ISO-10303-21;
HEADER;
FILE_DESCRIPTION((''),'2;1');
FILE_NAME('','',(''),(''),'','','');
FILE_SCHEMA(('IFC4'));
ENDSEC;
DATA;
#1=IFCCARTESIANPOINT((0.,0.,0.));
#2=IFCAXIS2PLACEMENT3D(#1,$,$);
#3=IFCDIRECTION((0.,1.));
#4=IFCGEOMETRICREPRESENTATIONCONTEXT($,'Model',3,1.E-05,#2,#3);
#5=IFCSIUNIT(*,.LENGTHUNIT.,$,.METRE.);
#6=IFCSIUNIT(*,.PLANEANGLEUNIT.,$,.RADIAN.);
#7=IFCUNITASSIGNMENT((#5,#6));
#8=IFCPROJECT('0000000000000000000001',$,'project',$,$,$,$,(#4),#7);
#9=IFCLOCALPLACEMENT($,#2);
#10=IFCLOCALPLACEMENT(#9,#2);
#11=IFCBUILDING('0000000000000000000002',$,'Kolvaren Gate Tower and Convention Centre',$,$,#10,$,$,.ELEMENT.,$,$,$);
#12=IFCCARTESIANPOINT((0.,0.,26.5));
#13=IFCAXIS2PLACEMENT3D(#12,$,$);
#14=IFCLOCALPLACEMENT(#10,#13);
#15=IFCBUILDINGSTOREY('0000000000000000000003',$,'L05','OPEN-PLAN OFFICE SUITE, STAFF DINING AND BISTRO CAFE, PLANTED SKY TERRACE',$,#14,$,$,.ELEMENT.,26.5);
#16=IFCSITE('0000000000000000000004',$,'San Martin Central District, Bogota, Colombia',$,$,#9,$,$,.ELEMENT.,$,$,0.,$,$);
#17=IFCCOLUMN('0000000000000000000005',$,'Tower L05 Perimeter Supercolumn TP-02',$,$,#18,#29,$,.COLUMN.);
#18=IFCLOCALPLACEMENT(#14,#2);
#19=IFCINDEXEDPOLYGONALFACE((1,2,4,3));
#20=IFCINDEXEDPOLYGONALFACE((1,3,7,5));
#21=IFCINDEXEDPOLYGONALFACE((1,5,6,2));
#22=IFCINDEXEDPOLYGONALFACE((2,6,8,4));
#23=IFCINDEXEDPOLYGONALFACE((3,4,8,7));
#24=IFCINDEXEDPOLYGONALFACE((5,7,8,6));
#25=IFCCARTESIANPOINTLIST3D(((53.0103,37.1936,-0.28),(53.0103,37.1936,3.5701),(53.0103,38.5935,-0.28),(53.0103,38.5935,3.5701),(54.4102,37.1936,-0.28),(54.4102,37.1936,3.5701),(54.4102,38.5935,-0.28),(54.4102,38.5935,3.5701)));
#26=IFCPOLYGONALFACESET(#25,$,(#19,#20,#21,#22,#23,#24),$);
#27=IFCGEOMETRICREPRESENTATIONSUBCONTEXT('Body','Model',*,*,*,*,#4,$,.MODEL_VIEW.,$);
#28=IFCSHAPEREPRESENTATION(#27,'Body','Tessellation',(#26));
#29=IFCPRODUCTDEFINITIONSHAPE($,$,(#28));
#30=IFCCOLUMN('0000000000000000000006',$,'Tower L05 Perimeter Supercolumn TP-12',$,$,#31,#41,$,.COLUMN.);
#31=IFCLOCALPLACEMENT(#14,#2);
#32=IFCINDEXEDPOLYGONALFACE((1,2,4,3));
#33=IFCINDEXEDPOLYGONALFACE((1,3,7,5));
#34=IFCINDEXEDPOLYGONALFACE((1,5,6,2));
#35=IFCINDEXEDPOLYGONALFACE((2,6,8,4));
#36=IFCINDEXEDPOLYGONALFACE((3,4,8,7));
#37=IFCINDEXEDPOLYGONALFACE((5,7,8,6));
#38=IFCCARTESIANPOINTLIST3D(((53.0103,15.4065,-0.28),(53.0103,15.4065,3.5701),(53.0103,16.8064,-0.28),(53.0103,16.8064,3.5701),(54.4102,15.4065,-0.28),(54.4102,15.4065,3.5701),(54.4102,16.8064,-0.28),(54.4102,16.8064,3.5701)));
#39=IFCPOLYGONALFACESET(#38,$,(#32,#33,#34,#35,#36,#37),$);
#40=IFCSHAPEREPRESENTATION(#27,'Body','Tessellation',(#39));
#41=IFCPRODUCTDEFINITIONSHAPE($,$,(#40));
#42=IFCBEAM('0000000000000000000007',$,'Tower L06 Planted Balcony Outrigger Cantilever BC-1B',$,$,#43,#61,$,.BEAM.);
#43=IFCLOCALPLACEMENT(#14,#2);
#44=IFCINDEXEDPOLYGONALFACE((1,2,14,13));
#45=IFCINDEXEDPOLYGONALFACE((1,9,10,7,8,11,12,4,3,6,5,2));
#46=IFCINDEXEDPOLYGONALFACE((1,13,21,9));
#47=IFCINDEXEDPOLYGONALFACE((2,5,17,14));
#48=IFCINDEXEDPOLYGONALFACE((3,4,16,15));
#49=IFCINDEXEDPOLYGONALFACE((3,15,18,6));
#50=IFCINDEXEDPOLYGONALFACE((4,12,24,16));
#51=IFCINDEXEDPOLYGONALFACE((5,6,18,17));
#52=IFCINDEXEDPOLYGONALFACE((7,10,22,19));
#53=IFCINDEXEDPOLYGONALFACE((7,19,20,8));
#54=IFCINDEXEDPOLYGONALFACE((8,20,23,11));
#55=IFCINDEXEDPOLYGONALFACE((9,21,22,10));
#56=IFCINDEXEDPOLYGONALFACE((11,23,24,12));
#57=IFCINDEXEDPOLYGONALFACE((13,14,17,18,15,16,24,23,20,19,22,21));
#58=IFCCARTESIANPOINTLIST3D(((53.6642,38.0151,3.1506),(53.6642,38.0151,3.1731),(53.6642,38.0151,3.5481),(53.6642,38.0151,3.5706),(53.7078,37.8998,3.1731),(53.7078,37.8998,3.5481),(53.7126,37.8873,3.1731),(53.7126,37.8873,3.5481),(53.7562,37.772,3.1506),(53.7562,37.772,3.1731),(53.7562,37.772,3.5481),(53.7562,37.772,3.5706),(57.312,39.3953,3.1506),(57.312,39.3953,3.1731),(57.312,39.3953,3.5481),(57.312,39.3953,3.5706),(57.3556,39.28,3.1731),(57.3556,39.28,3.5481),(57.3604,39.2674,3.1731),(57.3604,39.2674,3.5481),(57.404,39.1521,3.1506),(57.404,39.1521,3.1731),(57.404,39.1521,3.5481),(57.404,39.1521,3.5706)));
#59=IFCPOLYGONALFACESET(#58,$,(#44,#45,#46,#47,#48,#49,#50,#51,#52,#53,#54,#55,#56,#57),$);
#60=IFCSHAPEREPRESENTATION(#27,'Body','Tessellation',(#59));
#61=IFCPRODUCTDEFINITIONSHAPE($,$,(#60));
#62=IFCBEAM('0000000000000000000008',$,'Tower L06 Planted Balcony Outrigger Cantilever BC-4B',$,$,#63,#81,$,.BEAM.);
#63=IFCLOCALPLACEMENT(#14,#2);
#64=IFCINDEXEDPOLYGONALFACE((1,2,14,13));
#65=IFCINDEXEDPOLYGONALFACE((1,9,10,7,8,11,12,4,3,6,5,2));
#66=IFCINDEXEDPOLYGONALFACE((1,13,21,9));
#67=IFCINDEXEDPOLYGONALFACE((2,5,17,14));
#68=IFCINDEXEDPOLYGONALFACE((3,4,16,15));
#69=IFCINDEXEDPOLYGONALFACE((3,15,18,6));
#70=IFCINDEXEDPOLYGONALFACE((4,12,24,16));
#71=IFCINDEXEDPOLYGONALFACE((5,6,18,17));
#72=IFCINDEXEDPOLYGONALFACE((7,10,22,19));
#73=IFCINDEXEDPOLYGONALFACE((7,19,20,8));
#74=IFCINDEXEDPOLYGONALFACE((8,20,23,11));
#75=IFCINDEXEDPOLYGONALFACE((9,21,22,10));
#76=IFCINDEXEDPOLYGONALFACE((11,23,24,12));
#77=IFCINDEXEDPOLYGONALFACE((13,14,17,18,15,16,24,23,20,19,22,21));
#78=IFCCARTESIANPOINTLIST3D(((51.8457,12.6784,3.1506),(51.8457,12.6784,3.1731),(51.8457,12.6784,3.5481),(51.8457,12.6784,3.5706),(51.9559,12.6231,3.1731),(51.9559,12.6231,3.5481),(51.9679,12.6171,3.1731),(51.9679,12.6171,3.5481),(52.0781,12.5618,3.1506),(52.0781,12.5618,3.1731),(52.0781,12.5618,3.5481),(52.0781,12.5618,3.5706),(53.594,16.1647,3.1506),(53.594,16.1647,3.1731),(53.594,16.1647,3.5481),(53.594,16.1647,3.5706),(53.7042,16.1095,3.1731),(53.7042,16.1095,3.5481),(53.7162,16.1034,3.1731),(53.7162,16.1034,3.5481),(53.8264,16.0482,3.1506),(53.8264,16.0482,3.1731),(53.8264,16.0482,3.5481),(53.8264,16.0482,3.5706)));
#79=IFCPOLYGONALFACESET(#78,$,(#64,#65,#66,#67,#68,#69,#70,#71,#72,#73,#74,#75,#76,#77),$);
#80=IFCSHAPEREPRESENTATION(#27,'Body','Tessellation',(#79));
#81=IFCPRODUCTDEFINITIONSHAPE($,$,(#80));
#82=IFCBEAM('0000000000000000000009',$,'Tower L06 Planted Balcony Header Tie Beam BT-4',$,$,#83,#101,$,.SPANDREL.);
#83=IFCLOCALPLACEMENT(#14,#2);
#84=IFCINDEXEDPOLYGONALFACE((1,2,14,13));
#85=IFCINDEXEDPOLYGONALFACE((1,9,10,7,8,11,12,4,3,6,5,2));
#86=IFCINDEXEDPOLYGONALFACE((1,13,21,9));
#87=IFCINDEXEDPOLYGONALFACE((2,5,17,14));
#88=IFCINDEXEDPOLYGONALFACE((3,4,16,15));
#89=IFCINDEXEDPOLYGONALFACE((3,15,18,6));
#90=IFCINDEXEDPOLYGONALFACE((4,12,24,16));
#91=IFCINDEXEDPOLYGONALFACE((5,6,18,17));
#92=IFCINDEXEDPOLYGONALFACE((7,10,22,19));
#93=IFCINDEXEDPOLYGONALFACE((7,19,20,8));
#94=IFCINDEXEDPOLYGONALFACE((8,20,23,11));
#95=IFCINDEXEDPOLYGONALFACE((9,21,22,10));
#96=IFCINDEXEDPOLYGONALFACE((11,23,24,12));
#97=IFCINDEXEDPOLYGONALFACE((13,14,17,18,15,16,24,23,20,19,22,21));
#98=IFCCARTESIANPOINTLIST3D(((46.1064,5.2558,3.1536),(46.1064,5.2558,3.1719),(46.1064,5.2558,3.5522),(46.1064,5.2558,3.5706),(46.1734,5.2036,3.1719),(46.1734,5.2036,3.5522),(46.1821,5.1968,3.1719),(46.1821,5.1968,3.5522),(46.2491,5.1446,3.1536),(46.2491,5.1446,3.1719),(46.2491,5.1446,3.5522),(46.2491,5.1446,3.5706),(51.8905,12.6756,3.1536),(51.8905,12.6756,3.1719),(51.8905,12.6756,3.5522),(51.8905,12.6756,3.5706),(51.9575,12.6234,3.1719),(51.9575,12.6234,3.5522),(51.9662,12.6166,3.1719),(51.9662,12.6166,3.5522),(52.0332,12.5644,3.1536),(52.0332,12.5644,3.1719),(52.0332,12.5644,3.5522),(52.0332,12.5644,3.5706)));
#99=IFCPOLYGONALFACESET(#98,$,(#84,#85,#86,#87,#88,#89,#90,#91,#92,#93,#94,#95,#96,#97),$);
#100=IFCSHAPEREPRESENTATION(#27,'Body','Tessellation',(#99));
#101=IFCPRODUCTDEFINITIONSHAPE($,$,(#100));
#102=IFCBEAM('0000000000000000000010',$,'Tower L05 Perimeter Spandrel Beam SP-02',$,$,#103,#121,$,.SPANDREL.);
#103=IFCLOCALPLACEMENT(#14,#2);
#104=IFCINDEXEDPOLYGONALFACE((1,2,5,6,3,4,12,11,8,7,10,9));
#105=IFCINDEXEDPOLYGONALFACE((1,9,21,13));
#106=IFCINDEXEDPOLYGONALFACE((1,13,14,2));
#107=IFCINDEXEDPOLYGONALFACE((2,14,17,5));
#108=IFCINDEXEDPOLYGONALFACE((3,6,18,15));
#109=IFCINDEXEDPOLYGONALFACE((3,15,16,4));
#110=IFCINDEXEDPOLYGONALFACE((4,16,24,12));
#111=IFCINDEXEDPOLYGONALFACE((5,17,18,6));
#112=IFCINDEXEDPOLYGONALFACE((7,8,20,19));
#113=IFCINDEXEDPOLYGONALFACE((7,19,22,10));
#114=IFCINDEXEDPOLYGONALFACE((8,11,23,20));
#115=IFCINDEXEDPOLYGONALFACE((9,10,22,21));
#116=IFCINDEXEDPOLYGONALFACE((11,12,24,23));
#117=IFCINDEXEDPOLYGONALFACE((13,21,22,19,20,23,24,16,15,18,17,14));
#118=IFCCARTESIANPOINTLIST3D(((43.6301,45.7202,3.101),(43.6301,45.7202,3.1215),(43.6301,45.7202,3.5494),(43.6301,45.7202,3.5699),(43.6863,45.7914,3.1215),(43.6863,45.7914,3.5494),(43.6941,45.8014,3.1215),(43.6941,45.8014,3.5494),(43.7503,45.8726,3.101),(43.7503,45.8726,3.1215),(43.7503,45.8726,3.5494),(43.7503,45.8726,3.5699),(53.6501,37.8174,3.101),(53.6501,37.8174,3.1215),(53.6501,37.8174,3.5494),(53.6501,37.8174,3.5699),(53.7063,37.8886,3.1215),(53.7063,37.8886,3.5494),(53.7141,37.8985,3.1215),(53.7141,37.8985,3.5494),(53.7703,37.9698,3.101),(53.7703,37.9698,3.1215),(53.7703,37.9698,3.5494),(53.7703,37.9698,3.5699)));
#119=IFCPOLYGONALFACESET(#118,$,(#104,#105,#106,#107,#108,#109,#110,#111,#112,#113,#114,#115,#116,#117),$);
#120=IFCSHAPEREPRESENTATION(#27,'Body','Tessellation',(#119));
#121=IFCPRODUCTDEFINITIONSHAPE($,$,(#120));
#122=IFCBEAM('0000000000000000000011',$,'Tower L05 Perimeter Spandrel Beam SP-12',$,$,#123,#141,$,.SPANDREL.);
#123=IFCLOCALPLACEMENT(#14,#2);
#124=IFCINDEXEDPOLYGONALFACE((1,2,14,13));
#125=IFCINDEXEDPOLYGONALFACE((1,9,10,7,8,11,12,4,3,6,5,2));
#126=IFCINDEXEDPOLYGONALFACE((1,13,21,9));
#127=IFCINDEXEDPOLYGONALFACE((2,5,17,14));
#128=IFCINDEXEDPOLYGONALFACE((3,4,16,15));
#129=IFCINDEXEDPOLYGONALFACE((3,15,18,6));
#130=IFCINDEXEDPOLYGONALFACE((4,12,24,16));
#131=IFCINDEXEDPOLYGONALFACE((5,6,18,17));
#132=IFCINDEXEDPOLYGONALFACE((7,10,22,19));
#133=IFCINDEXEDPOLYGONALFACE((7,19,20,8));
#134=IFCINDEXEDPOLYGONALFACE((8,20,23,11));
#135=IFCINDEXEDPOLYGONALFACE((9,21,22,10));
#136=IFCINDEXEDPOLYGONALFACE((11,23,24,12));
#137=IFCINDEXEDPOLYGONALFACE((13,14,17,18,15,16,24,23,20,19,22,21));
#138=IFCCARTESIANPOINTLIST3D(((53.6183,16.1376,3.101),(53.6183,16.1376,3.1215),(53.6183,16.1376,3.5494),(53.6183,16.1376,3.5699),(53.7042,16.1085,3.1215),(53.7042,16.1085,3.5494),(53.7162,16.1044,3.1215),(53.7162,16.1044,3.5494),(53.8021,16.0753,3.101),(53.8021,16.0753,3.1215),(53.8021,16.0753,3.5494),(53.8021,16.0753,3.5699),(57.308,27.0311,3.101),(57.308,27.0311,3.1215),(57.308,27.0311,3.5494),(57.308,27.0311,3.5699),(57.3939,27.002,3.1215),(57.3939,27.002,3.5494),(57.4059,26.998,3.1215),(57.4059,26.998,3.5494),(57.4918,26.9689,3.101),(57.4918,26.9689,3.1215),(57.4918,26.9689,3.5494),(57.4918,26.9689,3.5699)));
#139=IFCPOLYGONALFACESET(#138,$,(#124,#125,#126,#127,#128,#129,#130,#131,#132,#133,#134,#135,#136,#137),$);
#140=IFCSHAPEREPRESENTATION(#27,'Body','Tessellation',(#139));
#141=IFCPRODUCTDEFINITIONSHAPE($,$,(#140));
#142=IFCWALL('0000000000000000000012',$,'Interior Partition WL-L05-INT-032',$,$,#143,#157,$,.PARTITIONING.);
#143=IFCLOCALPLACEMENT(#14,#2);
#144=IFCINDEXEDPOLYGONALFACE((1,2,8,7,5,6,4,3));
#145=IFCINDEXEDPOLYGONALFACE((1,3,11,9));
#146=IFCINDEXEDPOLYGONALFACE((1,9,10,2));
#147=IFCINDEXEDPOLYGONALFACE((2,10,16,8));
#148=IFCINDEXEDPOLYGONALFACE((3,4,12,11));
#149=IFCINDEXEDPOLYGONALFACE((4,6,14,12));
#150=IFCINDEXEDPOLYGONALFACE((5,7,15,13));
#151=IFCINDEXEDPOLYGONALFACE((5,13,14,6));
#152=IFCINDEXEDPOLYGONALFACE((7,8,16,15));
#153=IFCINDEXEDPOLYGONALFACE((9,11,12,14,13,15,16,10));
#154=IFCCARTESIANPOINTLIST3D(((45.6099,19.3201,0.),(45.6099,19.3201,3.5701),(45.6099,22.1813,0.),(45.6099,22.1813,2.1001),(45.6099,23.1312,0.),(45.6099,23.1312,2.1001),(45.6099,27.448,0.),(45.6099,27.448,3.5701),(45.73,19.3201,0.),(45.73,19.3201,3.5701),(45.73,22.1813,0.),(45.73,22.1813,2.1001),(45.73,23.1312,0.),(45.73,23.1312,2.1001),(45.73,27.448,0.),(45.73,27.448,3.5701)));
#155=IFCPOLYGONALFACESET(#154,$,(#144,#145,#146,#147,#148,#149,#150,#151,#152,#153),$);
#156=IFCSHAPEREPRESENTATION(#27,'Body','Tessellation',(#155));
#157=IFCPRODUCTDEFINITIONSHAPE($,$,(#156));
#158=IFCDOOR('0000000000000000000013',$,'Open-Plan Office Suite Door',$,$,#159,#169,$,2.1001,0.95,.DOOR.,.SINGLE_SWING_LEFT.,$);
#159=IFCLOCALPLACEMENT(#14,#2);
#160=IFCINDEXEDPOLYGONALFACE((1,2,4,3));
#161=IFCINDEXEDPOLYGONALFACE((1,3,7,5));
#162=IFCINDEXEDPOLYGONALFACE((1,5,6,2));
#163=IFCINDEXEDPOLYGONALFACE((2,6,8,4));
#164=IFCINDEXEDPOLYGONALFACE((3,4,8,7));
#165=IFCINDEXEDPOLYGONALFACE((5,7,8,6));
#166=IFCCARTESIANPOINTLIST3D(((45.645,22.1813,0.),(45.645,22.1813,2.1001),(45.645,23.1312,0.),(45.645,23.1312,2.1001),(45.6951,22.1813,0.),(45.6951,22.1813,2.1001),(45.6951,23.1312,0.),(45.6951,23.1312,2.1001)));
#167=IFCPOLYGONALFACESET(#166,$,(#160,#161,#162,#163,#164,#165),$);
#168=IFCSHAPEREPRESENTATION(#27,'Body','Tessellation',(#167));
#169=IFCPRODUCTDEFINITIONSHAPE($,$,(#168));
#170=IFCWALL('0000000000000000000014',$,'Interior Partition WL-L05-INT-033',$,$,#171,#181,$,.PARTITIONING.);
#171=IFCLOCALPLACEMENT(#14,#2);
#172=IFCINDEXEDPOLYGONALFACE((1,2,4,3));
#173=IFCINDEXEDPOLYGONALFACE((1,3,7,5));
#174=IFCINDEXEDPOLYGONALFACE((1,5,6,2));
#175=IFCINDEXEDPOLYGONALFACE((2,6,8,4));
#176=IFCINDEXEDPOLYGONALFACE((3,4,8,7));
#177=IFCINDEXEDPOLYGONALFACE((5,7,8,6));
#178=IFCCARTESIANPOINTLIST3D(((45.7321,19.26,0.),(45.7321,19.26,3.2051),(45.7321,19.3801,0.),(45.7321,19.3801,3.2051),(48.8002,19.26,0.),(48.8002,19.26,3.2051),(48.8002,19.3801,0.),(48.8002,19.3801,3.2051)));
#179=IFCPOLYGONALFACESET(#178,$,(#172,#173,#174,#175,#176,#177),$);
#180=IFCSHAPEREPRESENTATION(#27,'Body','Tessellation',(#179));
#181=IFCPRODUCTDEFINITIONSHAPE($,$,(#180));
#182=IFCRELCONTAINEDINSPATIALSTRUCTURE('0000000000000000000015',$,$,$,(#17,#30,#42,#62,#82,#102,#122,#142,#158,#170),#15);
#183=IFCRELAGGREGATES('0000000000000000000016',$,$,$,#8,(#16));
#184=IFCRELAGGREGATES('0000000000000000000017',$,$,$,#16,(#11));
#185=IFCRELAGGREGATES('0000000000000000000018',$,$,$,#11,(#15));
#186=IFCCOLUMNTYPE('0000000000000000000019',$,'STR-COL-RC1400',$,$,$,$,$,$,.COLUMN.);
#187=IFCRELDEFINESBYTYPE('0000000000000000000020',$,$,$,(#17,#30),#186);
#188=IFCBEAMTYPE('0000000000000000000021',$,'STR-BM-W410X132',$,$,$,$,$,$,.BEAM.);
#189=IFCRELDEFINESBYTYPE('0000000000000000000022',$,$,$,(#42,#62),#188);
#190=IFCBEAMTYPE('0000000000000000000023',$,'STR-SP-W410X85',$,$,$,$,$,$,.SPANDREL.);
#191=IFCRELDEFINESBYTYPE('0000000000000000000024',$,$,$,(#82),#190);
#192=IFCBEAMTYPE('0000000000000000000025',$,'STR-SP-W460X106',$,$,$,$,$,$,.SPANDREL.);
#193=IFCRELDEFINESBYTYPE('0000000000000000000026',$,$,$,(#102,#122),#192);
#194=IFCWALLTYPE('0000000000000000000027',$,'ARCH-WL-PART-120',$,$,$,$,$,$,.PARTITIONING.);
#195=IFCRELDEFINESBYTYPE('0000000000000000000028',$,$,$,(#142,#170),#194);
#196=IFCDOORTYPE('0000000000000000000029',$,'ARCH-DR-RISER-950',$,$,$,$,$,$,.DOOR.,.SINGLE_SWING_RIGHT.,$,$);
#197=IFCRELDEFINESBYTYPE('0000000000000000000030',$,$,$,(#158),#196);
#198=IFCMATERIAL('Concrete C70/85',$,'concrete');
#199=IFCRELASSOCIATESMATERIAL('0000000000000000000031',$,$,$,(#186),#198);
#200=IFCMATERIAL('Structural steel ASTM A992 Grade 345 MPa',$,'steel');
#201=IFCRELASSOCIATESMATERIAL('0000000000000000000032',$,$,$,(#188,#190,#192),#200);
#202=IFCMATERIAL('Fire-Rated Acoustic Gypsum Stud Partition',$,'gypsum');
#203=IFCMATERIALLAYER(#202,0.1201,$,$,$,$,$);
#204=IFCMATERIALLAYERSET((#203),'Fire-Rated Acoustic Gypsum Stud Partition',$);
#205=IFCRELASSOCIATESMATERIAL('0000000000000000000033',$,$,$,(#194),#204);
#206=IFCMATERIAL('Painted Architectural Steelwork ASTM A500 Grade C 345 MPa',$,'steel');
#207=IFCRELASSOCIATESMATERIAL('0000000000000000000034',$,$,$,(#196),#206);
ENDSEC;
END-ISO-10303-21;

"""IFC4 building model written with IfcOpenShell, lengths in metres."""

from ifc_helpers import new_model, si_unit, direction, frame, frame_2d, origin, origin_2d, place, context, subcontext, project, spatial, rectangle, i_section, extrude, material, layer, layer_set, material_profile, profile_set, type_object, element, fill, save


model = new_model("IFC4")

# Units and contexts
model_context = context("Model", 3, precision=1e-05, world=origin(), true_north=direction((0.0, 1.0)))
body_context = subcontext(model_context, "Body", "Model", "MODEL_VIEW")
ifc_project = project(units=[si_unit("LENGTHUNIT", "METRE"), si_unit("PLANEANGLEUNIT", "RADIAN")], contexts=[model_context])

# Site, building, storey
site_placement = place(None, origin())
site = spatial("IfcSite", under=ifc_project, at=site_placement, Name="San Martin Central District, Bogota, Colombia", CompositionType="ELEMENT", RefElevation=0.0)
building_placement = place(site_placement, origin())
building = spatial("IfcBuilding", under=site, at=building_placement, Name="Kolvaren Gate Tower and Convention Centre", CompositionType="ELEMENT")
storey_placement = place(building_placement, frame((0.0, 0.0, 26.5)))
storey = spatial("IfcBuildingStorey", under=building, at=storey_placement, Name="L05", Description="OPEN-PLAN OFFICE SUITE, STAFF DINING AND BISTRO CAFE, PLANTED SKY TERRACE", CompositionType="ELEMENT", Elevation=26.5)

# Columns
ifc_material_1 = material(Name="Concrete C70/85", Category="concrete")
ifc_material_profile_1 = material_profile(ifc_material_1, rectangle(XDim=1.3999, YDim=1.3999, at=origin_2d()), Name="RC-COL-1400X1400")
ifc_profile_set_1 = profile_set([ifc_material_profile_1], Name="Concrete C70/85")
column_type = type_object("IfcColumnType", Name="STR-COL-RC1400", PredefinedType="COLUMN", material=ifc_profile_set_1)
for number, where, z_axis, x_axis, name in (
    (1, (53.7102, 37.8936, -0.28), (0.0, 0.0, 1.0), (1.0, 0.0, 0.0), "Tower L05 Perimeter Supercolumn TP-02"),
    (2, (53.7102, 16.1064, -0.28), (0.0, 0.0, 1.0), (1.0, 0.0, 0.0), "Tower L05 Perimeter Supercolumn TP-12"),
):
    element("IfcColumn", number, at=place(storey_placement, frame(where, z_axis=z_axis, x_axis=x_axis)), inside=storey, type_object=column_type, Name=name, PredefinedType="COLUMN", context=body_context, shape_type="SweptSolid", body=[
        extrude(rectangle(XDim=1.3999, YDim=1.3999, at=origin_2d()), origin(), (0.0, 0.0, 1.0), 3.8501),
    ])

# Beams
ifc_material_2 = material(Name="Structural steel ASTM A992 Grade 345 MPa", Category="steel")
ifc_material_profile_2 = material_profile(ifc_material_2, i_section(OverallWidth=0.26, OverallDepth=0.4199, WebThickness=0.0134, FlangeThickness=0.0225, at=origin_2d()), Name="W410X132")
ifc_profile_set_2 = profile_set([ifc_material_profile_2], Name="Structural steel ASTM A992 Grade 345 MPa")
beam_type_1 = type_object("IfcBeamType", Name="STR-BM-W410X132", PredefinedType="BEAM", material=ifc_profile_set_2)
for number, where, z_axis, x_axis, name in (
    (3, (53.7102, 37.8936, 3.3606), (0.935294, 0.353873, 0.0), (-0.353873, 0.935294, 0.0), "Tower L06 Planted Balcony Outrigger Cantilever BC-1B"),
    (4, (53.7102, 16.1064, 3.3606), (-0.448265, -0.893901, 0.0), (0.893901, -0.448265, 0.0), "Tower L06 Planted Balcony Outrigger Cantilever BC-4B"),
):
    element("IfcBeam", number, at=place(storey_placement, frame(where, z_axis=z_axis, x_axis=x_axis)), inside=storey, type_object=beam_type_1, Name=name, PredefinedType="BEAM", context=body_context, shape_type="SweptSolid", body=[
        extrude(i_section(OverallWidth=0.26, OverallDepth=0.4199, WebThickness=0.0134, FlangeThickness=0.0225, at=origin_2d()), origin(), (0.0, 0.0, 1.0), 3.9001),
    ])
ifc_material_profile_3 = material_profile(ifc_material_2, i_section(OverallWidth=0.1809, OverallDepth=0.417, WebThickness=0.011, FlangeThickness=0.0183, at=origin_2d()), Name="W410X85")
ifc_profile_set_3 = profile_set([ifc_material_profile_3], Name="Structural steel ASTM A992 Grade 345 MPa")
beam_type_2 = type_object("IfcBeamType", Name="STR-SP-W410X85", PredefinedType="SPANDREL", material=ifc_profile_set_3)
beam_1_placement = place(storey_placement, frame((46.1777, 5.2002, 3.3621), z_axis=(0.61481, 0.788675, 0.0), x_axis=(-0.788675, 0.61481, 0.0)))
element("IfcBeam", 5, at=beam_1_placement, inside=storey, type_object=beam_type_2, Name="Tower L06 Planted Balcony Header Tie Beam BT-4", PredefinedType="SPANDREL", context=body_context, shape_type="SweptSolid", body=[
    extrude(i_section(OverallWidth=0.1809, OverallDepth=0.417, WebThickness=0.011, FlangeThickness=0.0183, at=origin_2d()), origin(), (0.0, 0.0, 1.0), 9.408),
])
ifc_material_profile_4 = material_profile(ifc_material_2, i_section(OverallWidth=0.1941, OverallDepth=0.469, WebThickness=0.0127, FlangeThickness=0.0205, at=origin_2d()), Name="W460X106")
ifc_profile_set_4 = profile_set([ifc_material_profile_4], Name="Structural steel ASTM A992 Grade 345 MPa")
beam_type_3 = type_object("IfcBeamType", Name="STR-SP-W460X106", PredefinedType="SPANDREL", material=ifc_profile_set_4)
beam_2_placement = place(storey_placement, frame((53.7102, 37.8936, 3.3354), z_axis=(-0.785176, 0.619272, 0.0), x_axis=(-0.619272, -0.785176, 0.0)))
element("IfcBeam", 6, at=beam_2_placement, inside=storey, type_object=beam_type_3, Name="Tower L05 Perimeter Spandrel Beam SP-02", PredefinedType="SPANDREL", context=body_context, shape_type="SweptSolid", body=[
    extrude(i_section(OverallWidth=0.1941, OverallDepth=0.469, WebThickness=0.0127, FlangeThickness=0.0205, at=origin_2d()), origin(), (0.0, 0.0, 1.0), 12.7615),
])
beam_3_placement = place(storey_placement, frame((53.7102, 16.1064, 3.3354), z_axis=(0.320803, 0.947146, 0.0), x_axis=(-0.947146, 0.320803, 0.0)))
element("IfcBeam", 7, at=beam_3_placement, inside=storey, type_object=beam_type_3, Name="Tower L05 Perimeter Spandrel Beam SP-12", PredefinedType="SPANDREL", context=body_context, shape_type="SweptSolid", body=[
    extrude(i_section(OverallWidth=0.1941, OverallDepth=0.469, WebThickness=0.0127, FlangeThickness=0.0205, at=origin_2d()), origin(), (0.0, 0.0, 1.0), 11.5015),
])

# Wall, opening, door
ifc_material_3 = material(Name="Fire-Rated Acoustic Gypsum Stud Partition", Category="gypsum")
ifc_layer_1 = layer(ifc_material_3, 0.1201)
ifc_layer_set_1 = layer_set([ifc_layer_1], Name="Fire-Rated Acoustic Gypsum Stud Partition")
wall_type_1 = type_object("IfcWallType", Name="ARCH-WL-PART-120", PredefinedType="PARTITIONING", material=ifc_layer_set_1)
wall_1_placement = place(storey_placement, frame((45.6699, 19.3201, 0.0), z_axis=(0.0, 0.0, 1.0), x_axis=(0.0, 1.0, 0.0)))
wall_1 = element("IfcWall", 8, at=wall_1_placement, inside=storey, type_object=wall_type_1, Name="Interior Partition WL-L05-INT-032", PredefinedType="PARTITIONING", context=body_context, shape_type="SweptSolid", body=[
    extrude(rectangle(XDim=8.1279, YDim=0.1201, at=frame_2d((4.064, 0.0))), origin(), (0.0, 0.0, 1.0), 3.5701),
])
opening_1_placement = place(wall_1_placement, frame((2.8611, 0.0, 0.0)))
opening_1 = element("IfcOpeningElement", 9, at=opening_1_placement, cuts=wall_1, PredefinedType="OPENING", context=body_context, shape_type="SweptSolid", body=[
    extrude(rectangle(XDim=0.95, YDim=2.1001, at=frame_2d((0.4751, 1.05))), frame((0.0, 0.0701, 0.0), z_axis=(0.0, -1.0, 0.0), x_axis=(1.0, 0.0, 0.0)), (0.0, 0.0, 1.0), 0.1401),
])
ifc_material_4 = material(Name="Painted Architectural Steelwork ASTM A500 Grade C 345 MPa", Category="steel")
door_type = type_object("IfcDoorType", Name="ARCH-DR-RISER-950", OperationType="SINGLE_SWING_RIGHT", PredefinedType="DOOR", material=ifc_material_4)
door_placement = place(opening_1_placement, origin())
door = element("IfcDoor", 10, at=door_placement, inside=storey, type_object=door_type, Name="Open-Plan Office Suite Door", OperationType="SINGLE_SWING_LEFT", OverallHeight=2.1001, OverallWidth=0.95, PredefinedType="DOOR", context=body_context, shape_type="SweptSolid", body=[
    extrude(rectangle(XDim=0.95, YDim=2.1001, at=frame_2d((0.4751, 1.05))), frame((0.0, 0.0249, 0.0), z_axis=(0.0, -1.0, 0.0), x_axis=(1.0, 0.0, 0.0)), (0.0, 0.0, 1.0), 0.05),
])
fill(opening_1, door)

# Wall
wall_2_placement = place(storey_placement, frame((45.7319, 19.3201, 0.0), z_axis=(0.0, 0.0, 1.0), x_axis=(1.0, 0.0, 0.0)))
element("IfcWall", 11, at=wall_2_placement, inside=storey, type_object=wall_type_1, Name="Interior Partition WL-L05-INT-033", PredefinedType="PARTITIONING", context=body_context, shape_type="SweptSolid", body=[
    extrude(rectangle(XDim=3.0681, YDim=0.1201, at=frame_2d((1.5342, 0.0))), origin(), (0.0, 0.0, 1.0), 3.2051),
])

save(model, "model.ifc")
